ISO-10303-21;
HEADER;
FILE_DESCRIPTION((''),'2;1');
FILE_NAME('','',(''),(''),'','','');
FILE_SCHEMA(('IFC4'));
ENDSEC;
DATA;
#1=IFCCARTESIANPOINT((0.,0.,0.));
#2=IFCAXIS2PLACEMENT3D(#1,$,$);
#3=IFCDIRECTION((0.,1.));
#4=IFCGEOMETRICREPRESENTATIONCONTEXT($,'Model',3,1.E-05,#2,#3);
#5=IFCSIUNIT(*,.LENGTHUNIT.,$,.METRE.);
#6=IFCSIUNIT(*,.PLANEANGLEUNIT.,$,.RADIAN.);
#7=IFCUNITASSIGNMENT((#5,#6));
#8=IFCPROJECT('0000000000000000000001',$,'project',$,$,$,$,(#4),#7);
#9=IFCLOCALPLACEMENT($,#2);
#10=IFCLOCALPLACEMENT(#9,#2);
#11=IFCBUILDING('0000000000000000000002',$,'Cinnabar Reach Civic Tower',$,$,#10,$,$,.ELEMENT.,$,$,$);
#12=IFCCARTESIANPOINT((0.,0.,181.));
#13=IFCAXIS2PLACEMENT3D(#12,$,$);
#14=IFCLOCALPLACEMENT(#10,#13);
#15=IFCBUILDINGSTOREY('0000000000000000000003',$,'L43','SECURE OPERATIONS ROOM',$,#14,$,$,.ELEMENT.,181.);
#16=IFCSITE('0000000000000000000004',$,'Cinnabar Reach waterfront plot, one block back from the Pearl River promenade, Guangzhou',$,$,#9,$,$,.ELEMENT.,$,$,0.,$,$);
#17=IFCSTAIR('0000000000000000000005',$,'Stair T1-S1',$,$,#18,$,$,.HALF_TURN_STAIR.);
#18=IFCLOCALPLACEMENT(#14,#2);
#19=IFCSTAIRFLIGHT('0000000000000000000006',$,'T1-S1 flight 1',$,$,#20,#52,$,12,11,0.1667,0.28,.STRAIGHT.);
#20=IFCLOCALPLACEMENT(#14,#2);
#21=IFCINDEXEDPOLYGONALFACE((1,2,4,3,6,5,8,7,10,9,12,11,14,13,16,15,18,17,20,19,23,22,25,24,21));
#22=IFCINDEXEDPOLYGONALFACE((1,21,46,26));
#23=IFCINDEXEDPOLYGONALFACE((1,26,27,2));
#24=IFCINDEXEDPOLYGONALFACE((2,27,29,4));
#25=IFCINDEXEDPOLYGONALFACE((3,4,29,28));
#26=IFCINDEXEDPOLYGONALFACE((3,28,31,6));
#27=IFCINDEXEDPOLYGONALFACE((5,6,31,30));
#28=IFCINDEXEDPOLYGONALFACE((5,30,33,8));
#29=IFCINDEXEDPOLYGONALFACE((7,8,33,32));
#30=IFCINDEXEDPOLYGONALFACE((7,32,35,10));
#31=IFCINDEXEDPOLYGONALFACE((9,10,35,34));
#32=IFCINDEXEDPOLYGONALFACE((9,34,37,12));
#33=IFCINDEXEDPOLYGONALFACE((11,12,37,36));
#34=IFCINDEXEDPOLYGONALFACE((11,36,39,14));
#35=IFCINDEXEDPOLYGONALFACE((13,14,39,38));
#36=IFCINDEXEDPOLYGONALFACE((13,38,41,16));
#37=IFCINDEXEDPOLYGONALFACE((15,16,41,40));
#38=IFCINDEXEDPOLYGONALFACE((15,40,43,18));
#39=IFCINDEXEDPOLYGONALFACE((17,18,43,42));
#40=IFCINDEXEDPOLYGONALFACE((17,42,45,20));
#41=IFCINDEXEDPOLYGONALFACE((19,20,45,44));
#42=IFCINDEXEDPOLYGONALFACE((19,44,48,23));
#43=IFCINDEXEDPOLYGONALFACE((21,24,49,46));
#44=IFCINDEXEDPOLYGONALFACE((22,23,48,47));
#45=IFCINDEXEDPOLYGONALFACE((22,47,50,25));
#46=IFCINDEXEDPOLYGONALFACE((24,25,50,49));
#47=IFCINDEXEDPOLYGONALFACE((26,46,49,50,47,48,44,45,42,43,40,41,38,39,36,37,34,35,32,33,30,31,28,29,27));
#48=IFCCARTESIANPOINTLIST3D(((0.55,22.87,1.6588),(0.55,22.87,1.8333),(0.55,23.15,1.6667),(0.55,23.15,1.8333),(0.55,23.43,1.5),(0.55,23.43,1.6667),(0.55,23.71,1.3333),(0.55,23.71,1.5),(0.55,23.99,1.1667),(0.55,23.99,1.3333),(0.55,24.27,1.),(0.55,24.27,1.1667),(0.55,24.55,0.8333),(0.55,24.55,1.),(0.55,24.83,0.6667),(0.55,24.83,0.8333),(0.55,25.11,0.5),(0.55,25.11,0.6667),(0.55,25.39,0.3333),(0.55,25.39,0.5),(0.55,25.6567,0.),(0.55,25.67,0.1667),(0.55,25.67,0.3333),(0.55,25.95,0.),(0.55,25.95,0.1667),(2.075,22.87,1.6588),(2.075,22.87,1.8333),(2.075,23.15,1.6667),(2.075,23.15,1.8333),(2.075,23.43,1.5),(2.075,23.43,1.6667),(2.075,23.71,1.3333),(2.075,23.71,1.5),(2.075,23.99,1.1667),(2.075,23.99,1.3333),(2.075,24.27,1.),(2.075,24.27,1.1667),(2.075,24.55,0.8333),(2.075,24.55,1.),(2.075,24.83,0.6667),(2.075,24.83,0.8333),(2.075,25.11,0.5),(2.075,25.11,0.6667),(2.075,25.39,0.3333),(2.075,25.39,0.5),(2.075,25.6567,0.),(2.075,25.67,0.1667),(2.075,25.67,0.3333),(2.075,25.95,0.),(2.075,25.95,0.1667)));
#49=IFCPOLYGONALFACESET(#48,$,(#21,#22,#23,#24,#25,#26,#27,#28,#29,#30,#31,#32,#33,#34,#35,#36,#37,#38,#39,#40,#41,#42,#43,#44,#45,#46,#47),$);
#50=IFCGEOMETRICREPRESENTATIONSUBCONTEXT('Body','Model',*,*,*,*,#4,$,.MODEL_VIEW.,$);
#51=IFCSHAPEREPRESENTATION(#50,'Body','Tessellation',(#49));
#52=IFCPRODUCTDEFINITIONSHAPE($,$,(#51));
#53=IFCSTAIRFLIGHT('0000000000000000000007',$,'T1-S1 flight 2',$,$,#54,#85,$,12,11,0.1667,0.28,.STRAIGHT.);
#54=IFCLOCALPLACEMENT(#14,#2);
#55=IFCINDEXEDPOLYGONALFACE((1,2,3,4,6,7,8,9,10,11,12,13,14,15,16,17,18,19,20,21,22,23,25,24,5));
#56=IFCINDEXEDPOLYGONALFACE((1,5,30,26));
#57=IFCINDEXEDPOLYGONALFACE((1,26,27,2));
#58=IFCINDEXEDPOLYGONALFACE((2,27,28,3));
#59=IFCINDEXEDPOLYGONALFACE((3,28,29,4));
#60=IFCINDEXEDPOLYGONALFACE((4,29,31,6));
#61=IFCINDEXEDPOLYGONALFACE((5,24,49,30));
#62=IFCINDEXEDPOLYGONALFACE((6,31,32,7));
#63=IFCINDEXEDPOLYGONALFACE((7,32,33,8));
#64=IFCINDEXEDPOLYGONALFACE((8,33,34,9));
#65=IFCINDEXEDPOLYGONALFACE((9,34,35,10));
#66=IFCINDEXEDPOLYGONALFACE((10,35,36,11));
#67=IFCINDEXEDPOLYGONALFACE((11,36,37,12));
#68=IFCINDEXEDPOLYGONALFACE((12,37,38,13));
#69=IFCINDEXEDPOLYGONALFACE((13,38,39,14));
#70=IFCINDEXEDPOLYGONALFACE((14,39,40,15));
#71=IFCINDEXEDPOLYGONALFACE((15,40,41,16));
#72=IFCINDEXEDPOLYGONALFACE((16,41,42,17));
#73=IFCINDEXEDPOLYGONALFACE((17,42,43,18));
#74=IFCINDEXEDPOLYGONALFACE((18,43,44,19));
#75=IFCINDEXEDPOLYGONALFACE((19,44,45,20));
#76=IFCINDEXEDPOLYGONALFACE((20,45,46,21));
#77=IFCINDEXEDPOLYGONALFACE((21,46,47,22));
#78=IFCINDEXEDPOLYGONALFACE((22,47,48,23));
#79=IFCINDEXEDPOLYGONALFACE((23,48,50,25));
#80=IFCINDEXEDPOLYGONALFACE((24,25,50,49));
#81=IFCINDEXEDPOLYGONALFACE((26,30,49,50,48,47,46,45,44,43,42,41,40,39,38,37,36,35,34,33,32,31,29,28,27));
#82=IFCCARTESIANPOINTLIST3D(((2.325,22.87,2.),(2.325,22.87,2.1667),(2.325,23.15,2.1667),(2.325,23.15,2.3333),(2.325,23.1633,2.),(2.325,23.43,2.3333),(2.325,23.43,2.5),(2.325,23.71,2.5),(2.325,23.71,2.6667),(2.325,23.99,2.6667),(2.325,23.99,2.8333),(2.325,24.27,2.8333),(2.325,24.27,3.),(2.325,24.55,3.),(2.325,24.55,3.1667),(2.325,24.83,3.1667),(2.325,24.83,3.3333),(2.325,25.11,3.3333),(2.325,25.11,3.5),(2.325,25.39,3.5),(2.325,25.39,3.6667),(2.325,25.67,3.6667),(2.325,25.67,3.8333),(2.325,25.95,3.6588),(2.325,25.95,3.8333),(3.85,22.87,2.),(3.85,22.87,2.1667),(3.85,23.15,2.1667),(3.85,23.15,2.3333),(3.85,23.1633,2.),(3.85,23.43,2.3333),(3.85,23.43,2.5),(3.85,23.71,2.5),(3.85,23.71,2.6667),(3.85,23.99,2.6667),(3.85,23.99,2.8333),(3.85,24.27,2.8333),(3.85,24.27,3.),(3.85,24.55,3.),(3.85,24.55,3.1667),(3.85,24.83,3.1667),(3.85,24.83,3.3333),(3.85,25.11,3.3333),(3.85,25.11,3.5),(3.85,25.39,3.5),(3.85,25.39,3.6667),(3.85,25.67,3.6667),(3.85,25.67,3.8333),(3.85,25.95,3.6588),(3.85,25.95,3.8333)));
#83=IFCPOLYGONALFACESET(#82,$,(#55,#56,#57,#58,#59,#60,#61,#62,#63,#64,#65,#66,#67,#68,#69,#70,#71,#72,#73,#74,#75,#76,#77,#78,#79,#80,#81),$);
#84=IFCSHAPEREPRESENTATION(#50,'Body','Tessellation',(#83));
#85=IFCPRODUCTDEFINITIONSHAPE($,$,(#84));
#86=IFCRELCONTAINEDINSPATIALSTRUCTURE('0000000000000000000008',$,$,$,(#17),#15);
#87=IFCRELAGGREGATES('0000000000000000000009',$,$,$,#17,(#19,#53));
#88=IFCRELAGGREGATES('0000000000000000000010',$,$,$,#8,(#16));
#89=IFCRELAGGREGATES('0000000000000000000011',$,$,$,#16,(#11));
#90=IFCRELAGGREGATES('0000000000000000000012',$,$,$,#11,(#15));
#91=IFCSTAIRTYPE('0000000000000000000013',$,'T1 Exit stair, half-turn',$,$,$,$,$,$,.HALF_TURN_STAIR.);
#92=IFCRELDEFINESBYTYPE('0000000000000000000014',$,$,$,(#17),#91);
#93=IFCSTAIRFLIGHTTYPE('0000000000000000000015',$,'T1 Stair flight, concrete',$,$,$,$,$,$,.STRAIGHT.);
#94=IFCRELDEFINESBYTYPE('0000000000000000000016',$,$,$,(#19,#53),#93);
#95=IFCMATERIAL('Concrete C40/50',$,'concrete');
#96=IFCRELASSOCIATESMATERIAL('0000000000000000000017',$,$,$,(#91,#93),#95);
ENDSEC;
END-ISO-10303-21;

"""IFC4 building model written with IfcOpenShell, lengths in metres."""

from ifc_helpers import new_model, si_unit, direction, frame, origin, place, context, subcontext, project, spatial, polyline, outline, extrude, material, type_object, element, aggregate, save


model = new_model("IFC4")

# Units and contexts
model_context = context("Model", 3, precision=1e-05, world=origin(), true_north=direction((0.0, 1.0)))
body_context = subcontext(model_context, "Body", "Model", "MODEL_VIEW")
ifc_project = project(units=[si_unit("LENGTHUNIT", "METRE"), si_unit("PLANEANGLEUNIT", "RADIAN")], contexts=[model_context])

# Site, building, storey
site_placement = place(None, origin())
site = spatial("IfcSite", under=ifc_project, at=site_placement, Name="Cinnabar Reach waterfront plot, one block back from the Pearl River promenade, Guangzhou", CompositionType="ELEMENT", RefElevation=0.0)
building_placement = place(site_placement, origin())
building = spatial("IfcBuilding", under=site, at=building_placement, Name="Cinnabar Reach Civic Tower", CompositionType="ELEMENT")
storey_placement = place(building_placement, frame((0.0, 0.0, 181.0)))
storey = spatial("IfcBuildingStorey", under=building, at=storey_placement, Name="L43", Description="SECURE OPERATIONS ROOM", CompositionType="ELEMENT", Elevation=181.0)

# Shared definitions
ifc_material_1 = material(Name="Concrete C40/50", Category="concrete")

# Stair, stair flights
stair_type = type_object("IfcStairType", Name="T1 Exit stair, half-turn", PredefinedType="HALF_TURN_STAIR", material=ifc_material_1)
stair_placement = place(storey_placement, origin())
stair = element("IfcStair", 1, at=stair_placement, inside=storey, type_object=stair_type, Name="Stair T1-S1", PredefinedType="HALF_TURN_STAIR")
stair_flight_type = type_object("IfcStairFlightType", Name="T1 Stair flight, concrete", PredefinedType="STRAIGHT", material=ifc_material_1)
stair_flight_1_placement = place(storey_placement, frame((1.3125, 25.95, 0.0), z_axis=(0.0, 0.0, 1.0), x_axis=(0.0, -1.0, 0.0)))
stair_flight_1 = element("IfcStairFlight", 2, at=stair_flight_1_placement, type_object=stair_flight_type, Name="T1-S1 flight 1", NumberOfRisers=12, NumberOfTreads=11, PredefinedType="STRAIGHT", RiserHeight=0.1667, TreadLength=0.28, context=body_context, shape_type="SweptSolid", body=[
    extrude(outline(polyline([(0.0, 0.0), (0.0, 0.1667), (0.28, 0.1667), (0.28, 0.3333), (0.56, 0.3333), (0.56, 0.5), (0.84, 0.5), (0.84, 0.6667), (1.12, 0.6667), (1.12, 0.8333), (1.4, 0.8333), (1.4, 1.0), (1.68, 1.0), (1.68, 1.1667), (1.96, 1.1667), (1.96, 1.3333), (2.24, 1.3333), (2.24, 1.5), (2.52, 1.5), (2.52, 1.6667), (2.8, 1.6667), (2.8, 1.8333), (3.08, 1.8333), (3.08, 2.0), (3.08, 1.6588), (0.2933, 0.0), (0.0, 0.0)])), frame((0.0, 0.7625, 0.0), z_axis=(0.0, -1.0, 0.0), x_axis=(1.0, 0.0, 0.0)), (0.0, 0.0, 1.0), 1.525),
])
stair_flight_2_placement = place(storey_placement, frame((3.0875, 22.87, 2.0), z_axis=(0.0, 0.0, 1.0), x_axis=(0.0, 1.0, 0.0)))
stair_flight_2 = element("IfcStairFlight", 3, at=stair_flight_2_placement, type_object=stair_flight_type, Name="T1-S1 flight 2", NumberOfRisers=12, NumberOfTreads=11, PredefinedType="STRAIGHT", RiserHeight=0.1667, TreadLength=0.28, context=body_context, shape_type="SweptSolid", body=[
    extrude(outline(polyline([(0.0, 0.0), (0.0, 0.1667), (0.28, 0.1667), (0.28, 0.3333), (0.56, 0.3333), (0.56, 0.5), (0.84, 0.5), (0.84, 0.6667), (1.12, 0.6667), (1.12, 0.8333), (1.4, 0.8333), (1.4, 1.0), (1.68, 1.0), (1.68, 1.1667), (1.96, 1.1667), (1.96, 1.3333), (2.24, 1.3333), (2.24, 1.5), (2.52, 1.5), (2.52, 1.6667), (2.8, 1.6667), (2.8, 1.8333), (3.08, 1.8333), (3.08, 2.0), (3.08, 1.6588), (0.2933, 0.0), (0.0, 0.0)])), frame((0.0, 0.7625, 0.0), z_axis=(0.0, -1.0, 0.0), x_axis=(1.0, 0.0, 0.0)), (0.0, 0.0, 1.0), 1.525),
])
aggregate(stair, [stair_flight_1, stair_flight_2])

save(model, "model.ifc")
